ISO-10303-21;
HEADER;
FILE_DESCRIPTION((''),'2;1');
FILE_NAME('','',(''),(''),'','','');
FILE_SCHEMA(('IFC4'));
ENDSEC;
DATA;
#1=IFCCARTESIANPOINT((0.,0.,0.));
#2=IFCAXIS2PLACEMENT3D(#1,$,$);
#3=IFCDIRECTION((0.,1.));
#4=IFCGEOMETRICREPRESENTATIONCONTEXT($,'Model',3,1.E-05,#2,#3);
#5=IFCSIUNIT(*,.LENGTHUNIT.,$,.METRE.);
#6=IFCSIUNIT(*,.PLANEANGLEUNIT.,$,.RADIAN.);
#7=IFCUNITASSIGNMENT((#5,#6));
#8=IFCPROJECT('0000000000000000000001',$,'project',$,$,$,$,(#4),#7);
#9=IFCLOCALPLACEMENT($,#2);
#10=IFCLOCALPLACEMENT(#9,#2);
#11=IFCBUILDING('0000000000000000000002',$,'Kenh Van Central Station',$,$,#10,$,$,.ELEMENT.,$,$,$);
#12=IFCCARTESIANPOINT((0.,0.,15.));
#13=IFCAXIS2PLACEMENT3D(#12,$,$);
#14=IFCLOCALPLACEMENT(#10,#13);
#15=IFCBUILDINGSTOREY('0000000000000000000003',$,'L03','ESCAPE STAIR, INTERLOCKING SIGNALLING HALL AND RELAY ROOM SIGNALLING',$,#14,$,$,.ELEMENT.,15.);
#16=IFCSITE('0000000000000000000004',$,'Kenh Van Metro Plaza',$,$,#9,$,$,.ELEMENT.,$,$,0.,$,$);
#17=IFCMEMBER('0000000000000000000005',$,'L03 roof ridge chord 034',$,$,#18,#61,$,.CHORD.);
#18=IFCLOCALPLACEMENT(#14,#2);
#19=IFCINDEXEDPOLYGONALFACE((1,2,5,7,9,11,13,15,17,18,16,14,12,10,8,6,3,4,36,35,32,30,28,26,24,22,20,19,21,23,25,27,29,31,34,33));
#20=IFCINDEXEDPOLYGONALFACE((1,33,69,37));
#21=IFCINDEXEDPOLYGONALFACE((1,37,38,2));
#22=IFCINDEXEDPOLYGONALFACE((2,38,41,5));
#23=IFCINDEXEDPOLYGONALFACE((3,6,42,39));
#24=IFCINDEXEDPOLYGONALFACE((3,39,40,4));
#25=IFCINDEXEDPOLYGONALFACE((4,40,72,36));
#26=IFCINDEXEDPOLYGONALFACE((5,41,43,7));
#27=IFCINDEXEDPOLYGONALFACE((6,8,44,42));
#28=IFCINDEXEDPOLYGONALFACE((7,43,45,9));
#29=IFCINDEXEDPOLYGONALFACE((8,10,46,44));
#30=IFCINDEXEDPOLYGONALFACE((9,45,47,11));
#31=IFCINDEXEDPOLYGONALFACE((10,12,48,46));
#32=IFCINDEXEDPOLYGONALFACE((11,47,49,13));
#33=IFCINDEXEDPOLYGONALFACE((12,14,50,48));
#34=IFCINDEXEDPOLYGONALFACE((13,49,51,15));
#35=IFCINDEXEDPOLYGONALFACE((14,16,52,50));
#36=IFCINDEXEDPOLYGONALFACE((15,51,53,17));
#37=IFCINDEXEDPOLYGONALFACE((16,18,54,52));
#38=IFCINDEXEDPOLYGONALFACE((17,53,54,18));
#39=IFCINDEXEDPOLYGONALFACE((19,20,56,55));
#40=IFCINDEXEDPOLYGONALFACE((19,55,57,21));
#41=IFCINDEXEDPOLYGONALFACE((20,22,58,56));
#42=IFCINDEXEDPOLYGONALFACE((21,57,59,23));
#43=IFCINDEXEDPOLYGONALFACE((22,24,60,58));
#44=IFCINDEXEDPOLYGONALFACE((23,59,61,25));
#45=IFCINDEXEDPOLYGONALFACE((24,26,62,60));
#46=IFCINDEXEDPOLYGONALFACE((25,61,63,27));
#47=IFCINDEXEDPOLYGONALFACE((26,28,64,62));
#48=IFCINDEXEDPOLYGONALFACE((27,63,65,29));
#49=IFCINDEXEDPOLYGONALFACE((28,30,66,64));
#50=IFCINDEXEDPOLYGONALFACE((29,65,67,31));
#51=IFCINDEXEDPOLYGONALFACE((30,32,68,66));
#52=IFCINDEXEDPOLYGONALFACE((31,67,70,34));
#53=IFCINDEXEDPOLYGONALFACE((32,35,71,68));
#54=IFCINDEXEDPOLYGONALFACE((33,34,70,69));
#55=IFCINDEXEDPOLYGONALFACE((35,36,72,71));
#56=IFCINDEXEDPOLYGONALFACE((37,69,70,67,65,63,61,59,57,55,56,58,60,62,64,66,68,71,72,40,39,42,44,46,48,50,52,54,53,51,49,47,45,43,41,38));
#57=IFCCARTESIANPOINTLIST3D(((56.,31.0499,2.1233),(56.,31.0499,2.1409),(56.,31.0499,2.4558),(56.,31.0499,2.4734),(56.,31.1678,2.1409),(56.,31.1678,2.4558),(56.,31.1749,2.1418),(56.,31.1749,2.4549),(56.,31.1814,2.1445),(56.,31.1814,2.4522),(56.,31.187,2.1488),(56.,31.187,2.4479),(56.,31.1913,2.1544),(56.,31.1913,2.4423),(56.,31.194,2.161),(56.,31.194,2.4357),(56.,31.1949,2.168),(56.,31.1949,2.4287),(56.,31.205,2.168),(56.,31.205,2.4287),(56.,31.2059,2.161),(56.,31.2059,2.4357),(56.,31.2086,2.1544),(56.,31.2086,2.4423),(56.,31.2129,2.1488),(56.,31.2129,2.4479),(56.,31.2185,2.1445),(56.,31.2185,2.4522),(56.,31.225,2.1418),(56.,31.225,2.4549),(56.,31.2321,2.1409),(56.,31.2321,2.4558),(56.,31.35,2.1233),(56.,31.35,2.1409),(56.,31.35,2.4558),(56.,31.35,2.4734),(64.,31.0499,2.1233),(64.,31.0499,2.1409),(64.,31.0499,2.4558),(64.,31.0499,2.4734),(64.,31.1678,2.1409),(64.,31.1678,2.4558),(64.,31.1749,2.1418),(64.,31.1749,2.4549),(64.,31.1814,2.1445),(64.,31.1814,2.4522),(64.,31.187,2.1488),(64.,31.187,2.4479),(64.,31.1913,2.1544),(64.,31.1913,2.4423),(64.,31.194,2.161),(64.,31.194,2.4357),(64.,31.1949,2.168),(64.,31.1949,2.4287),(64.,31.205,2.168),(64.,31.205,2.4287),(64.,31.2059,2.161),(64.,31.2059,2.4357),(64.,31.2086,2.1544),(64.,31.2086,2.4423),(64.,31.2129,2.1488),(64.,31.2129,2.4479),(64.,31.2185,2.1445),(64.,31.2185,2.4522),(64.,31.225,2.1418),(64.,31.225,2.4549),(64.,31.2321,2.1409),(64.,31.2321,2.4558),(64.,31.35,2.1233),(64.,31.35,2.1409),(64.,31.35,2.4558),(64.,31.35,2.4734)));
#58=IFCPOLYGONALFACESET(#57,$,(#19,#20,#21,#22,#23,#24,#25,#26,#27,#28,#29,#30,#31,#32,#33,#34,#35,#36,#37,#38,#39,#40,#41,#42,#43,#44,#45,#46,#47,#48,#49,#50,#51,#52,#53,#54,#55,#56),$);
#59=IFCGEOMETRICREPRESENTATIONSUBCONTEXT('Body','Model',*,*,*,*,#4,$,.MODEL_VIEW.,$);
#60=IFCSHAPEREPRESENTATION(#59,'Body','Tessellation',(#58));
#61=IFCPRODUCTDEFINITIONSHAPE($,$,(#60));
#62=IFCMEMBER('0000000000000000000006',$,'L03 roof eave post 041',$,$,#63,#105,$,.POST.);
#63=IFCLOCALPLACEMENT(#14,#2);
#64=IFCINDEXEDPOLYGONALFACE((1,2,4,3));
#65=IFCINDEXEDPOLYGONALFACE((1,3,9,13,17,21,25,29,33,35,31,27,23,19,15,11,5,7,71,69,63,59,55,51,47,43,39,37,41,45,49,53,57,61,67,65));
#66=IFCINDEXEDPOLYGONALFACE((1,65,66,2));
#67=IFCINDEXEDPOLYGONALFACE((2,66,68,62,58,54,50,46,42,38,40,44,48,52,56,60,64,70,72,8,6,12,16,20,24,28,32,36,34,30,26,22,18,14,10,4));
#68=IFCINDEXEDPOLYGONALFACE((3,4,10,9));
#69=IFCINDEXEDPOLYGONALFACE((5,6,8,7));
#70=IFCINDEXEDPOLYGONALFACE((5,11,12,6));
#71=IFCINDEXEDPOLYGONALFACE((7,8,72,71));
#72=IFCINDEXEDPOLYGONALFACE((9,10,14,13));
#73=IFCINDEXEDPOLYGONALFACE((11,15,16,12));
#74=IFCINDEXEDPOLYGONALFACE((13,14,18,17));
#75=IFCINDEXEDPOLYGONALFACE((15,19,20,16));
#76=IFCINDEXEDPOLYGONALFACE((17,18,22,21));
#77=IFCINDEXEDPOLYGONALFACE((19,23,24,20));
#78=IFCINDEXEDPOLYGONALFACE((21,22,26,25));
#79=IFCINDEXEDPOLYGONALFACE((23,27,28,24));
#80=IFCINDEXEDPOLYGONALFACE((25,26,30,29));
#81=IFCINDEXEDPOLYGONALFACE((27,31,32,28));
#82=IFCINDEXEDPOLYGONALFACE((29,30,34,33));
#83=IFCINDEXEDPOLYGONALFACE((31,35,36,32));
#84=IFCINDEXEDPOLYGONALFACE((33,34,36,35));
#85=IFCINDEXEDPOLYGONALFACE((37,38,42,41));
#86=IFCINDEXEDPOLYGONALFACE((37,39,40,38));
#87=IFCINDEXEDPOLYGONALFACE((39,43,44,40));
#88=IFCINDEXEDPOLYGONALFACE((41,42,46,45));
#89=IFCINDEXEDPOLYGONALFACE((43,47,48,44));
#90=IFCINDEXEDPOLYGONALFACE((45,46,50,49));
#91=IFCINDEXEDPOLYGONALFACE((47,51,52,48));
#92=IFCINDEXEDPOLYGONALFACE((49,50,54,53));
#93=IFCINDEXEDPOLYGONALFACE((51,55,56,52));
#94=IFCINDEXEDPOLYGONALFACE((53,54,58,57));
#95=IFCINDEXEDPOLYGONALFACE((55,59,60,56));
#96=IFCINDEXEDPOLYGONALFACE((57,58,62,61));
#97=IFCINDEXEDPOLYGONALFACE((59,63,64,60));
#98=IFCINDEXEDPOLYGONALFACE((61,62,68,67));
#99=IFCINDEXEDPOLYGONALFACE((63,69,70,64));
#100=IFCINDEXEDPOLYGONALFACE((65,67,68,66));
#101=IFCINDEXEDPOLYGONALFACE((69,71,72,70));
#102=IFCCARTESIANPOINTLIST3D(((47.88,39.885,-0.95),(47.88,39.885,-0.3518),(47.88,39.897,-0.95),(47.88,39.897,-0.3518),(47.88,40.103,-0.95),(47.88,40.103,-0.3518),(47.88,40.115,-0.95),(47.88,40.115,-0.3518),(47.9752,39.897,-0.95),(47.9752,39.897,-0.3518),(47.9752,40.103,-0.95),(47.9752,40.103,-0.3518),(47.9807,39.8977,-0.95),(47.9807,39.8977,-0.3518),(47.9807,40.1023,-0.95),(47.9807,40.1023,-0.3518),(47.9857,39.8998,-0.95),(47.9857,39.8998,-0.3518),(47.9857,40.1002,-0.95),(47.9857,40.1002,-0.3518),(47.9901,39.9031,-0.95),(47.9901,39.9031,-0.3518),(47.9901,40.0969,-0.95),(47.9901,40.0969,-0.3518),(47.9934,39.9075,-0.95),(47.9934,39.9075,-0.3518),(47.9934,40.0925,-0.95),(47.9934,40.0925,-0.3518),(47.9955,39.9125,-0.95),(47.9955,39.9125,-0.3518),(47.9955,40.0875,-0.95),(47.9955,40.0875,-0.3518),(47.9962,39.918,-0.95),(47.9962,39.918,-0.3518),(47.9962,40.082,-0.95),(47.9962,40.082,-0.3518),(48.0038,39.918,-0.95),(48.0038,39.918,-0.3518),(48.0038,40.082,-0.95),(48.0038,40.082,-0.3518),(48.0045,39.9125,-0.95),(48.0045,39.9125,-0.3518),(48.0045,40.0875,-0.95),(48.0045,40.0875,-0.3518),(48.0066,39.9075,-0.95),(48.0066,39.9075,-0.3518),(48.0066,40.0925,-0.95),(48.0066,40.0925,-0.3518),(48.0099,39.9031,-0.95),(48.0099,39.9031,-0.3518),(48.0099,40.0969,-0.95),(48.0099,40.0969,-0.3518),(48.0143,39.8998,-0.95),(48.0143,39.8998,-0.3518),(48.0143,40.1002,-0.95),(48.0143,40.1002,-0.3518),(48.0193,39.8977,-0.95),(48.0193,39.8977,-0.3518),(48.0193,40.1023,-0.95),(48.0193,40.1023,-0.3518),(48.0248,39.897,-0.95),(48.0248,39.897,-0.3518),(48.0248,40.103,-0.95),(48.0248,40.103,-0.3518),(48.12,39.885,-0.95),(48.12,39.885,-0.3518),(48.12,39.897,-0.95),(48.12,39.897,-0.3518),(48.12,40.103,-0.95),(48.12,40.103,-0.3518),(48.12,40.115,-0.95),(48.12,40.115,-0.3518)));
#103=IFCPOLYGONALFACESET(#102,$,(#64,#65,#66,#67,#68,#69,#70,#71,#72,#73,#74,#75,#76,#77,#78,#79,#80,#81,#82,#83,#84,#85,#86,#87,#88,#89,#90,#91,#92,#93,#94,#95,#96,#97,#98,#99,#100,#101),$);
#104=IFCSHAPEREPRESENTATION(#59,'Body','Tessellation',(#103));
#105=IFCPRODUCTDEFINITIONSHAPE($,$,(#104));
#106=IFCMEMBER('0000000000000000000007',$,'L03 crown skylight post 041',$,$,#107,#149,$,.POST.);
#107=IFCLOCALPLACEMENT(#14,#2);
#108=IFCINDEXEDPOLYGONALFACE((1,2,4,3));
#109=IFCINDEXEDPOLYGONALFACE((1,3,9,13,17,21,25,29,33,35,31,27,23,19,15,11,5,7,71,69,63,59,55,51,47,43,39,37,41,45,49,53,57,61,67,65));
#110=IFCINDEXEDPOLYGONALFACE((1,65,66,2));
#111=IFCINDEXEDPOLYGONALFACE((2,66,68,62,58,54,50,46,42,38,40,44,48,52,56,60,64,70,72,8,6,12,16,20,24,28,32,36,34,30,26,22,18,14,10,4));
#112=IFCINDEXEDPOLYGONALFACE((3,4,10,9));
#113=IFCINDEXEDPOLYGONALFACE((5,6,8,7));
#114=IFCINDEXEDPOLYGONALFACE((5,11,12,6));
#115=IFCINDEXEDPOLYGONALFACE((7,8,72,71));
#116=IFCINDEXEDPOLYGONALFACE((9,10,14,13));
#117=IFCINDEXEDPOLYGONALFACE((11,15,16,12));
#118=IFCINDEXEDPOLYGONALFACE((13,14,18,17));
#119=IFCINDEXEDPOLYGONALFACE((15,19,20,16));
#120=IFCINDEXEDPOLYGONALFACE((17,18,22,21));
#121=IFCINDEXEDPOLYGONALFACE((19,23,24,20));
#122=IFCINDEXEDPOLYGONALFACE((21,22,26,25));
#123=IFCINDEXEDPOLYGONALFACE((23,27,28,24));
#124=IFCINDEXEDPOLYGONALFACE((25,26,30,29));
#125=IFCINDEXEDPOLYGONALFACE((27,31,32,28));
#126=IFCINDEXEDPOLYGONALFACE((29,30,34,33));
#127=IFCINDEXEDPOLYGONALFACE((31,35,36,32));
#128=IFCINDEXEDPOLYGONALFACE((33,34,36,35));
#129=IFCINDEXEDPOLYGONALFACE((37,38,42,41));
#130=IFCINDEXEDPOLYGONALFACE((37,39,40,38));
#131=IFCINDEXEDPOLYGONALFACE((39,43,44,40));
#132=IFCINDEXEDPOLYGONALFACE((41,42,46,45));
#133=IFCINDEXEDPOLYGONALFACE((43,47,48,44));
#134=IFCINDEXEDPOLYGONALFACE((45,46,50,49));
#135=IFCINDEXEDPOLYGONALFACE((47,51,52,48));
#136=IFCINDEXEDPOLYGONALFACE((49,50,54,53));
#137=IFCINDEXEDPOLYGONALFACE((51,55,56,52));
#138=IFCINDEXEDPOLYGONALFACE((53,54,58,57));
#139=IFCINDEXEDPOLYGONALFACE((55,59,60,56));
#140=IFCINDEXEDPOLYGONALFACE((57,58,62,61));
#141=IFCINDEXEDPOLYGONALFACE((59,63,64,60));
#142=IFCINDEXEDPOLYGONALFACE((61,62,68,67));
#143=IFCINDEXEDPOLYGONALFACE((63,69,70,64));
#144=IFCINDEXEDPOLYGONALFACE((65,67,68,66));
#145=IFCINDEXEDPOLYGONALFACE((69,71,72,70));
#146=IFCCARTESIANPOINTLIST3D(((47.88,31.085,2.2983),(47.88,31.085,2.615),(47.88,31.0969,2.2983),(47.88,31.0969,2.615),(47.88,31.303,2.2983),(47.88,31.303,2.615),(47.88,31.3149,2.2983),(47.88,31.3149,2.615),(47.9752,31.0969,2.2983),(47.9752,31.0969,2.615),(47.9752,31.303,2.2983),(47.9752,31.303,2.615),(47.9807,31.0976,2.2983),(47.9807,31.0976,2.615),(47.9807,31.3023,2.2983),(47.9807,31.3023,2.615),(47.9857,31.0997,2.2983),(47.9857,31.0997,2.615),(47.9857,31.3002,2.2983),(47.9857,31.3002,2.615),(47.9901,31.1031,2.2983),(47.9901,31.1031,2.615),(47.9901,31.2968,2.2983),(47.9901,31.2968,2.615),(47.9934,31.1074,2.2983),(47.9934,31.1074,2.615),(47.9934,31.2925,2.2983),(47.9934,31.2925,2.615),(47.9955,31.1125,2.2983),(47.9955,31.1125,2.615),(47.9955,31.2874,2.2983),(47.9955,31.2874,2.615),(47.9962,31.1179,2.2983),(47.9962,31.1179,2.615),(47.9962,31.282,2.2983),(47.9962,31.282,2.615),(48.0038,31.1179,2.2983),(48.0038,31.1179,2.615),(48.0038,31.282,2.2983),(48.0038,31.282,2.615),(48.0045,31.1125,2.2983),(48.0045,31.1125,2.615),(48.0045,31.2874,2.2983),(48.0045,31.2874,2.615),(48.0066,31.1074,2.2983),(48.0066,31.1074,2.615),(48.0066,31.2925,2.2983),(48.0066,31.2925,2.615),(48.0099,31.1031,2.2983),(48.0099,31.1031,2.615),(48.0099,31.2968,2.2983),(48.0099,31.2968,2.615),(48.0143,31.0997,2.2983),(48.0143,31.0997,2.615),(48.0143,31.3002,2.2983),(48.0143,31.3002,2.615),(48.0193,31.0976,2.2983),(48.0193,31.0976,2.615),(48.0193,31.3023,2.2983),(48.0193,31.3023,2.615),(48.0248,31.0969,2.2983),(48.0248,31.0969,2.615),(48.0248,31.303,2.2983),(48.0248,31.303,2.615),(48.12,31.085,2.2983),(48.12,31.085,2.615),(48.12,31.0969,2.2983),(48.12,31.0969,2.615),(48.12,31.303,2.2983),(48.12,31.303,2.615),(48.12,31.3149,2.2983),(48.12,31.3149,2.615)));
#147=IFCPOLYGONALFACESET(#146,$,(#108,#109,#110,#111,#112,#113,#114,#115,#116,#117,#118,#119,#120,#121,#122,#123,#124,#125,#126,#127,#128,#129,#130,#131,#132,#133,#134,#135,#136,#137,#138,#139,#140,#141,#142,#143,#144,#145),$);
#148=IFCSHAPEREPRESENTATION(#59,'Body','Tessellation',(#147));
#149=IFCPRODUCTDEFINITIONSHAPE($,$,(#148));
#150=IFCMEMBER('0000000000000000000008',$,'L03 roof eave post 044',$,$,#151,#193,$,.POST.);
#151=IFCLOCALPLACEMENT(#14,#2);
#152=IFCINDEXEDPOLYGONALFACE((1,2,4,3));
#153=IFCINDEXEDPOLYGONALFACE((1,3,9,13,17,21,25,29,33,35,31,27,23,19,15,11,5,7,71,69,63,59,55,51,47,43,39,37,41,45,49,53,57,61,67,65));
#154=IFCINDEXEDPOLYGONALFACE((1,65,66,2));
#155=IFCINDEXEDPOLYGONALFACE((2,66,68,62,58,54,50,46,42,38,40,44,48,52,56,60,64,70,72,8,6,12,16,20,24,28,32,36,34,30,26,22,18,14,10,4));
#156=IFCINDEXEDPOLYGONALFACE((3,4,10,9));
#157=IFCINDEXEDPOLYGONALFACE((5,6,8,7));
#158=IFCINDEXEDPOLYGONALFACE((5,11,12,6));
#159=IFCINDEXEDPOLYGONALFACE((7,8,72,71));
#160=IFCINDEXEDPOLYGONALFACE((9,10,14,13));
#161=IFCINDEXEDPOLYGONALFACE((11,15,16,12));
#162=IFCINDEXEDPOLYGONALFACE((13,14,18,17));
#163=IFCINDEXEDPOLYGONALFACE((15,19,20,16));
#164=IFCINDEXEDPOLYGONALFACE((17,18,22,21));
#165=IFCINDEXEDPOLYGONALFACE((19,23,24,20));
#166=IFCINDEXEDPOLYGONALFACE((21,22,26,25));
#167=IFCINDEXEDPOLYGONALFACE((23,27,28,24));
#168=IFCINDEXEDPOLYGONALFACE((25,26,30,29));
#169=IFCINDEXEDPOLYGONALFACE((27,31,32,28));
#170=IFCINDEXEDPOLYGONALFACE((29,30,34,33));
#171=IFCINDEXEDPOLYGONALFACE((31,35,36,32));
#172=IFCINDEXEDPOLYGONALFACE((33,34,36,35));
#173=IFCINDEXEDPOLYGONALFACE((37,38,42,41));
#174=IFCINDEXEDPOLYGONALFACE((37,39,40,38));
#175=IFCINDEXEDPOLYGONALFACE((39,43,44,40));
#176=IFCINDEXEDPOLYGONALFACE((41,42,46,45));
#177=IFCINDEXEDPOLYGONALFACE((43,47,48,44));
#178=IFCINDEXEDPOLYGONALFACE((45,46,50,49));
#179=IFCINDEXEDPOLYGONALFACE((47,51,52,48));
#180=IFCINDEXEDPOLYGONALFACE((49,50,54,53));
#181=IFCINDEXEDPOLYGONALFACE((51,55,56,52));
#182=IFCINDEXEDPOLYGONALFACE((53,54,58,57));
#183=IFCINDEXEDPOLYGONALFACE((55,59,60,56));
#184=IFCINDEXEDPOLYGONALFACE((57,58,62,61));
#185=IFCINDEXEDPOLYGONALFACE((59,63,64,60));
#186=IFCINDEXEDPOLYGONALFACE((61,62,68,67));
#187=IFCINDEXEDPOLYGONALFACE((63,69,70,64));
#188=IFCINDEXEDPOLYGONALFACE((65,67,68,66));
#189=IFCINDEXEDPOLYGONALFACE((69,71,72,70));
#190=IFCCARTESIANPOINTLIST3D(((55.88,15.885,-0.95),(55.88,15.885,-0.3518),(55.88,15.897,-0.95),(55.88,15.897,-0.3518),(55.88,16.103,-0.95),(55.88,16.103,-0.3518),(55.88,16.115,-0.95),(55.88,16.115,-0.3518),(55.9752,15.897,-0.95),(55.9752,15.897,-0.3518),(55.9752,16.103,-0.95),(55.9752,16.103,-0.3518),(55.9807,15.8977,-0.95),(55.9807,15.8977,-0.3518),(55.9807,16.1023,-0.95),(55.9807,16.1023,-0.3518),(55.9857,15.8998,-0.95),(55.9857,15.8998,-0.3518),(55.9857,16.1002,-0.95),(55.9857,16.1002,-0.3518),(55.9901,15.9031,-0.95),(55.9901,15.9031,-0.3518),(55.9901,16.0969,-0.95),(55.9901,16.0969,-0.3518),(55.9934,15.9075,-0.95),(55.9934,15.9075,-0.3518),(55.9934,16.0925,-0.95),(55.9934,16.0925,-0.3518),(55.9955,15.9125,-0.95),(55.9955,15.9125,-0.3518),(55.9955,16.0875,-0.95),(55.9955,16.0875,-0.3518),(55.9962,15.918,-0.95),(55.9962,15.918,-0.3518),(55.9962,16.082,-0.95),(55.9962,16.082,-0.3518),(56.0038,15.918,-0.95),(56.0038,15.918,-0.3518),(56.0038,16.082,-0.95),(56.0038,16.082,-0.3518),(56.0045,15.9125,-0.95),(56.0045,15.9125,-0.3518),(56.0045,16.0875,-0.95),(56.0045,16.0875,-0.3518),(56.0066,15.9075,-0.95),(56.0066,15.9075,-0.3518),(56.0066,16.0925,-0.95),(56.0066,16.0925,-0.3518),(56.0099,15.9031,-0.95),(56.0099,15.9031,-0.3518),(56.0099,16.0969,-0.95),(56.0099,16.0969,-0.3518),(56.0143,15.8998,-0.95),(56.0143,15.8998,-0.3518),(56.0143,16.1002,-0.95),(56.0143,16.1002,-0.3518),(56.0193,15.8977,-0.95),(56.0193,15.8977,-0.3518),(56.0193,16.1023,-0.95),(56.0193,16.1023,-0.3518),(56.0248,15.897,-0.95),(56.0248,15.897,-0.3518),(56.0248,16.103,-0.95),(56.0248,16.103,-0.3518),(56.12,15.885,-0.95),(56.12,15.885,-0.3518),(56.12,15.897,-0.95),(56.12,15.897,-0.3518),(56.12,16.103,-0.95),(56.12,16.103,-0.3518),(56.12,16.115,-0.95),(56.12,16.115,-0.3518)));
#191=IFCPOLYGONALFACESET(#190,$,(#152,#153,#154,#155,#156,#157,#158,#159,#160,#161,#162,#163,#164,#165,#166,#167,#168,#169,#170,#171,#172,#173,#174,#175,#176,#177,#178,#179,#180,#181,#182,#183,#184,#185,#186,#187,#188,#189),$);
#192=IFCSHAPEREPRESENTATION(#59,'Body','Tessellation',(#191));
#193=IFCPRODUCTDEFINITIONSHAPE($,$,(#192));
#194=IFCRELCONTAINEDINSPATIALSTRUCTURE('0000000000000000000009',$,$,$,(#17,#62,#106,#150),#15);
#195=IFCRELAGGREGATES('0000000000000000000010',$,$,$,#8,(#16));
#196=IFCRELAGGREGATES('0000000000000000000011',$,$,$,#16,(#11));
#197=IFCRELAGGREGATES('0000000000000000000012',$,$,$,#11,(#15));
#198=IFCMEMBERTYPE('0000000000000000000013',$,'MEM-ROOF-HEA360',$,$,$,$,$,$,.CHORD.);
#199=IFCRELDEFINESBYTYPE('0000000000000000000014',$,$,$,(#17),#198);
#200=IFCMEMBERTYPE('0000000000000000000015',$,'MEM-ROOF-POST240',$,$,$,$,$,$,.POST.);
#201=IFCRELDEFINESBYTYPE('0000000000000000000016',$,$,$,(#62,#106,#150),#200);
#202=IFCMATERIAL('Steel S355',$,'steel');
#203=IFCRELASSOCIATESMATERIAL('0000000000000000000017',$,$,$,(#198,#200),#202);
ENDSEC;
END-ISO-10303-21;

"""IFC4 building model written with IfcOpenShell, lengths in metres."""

from ifc_helpers import new_model, si_unit, direction, frame, origin, origin_2d, place, context, subcontext, project, spatial, i_section, extrude, material, material_profile, profile_set, type_object, element, save


model = new_model("IFC4")

# Units and contexts
model_context = context("Model", 3, precision=1e-05, world=origin(), true_north=direction((0.0, 1.0)))
body_context = subcontext(model_context, "Body", "Model", "MODEL_VIEW")
ifc_project = project(units=[si_unit("LENGTHUNIT", "METRE"), si_unit("PLANEANGLEUNIT", "RADIAN")], contexts=[model_context])

# Site, building, storey
site_placement = place(None, origin())
site = spatial("IfcSite", under=ifc_project, at=site_placement, Name="Kenh Van Metro Plaza", CompositionType="ELEMENT", RefElevation=0.0)
building_placement = place(site_placement, origin())
building = spatial("IfcBuilding", under=site, at=building_placement, Name="Kenh Van Central Station", CompositionType="ELEMENT")
storey_placement = place(building_placement, frame((0.0, 0.0, 15.0)))
storey = spatial("IfcBuildingStorey", under=building, at=storey_placement, Name="L03", Description="ESCAPE STAIR, INTERLOCKING SIGNALLING HALL AND RELAY ROOM SIGNALLING", CompositionType="ELEMENT", Elevation=15.0)

# Shared definitions
ifc_material_1 = material(Name="Steel S355", Category="steel")

# Members
ifc_material_profile_1 = material_profile(ifc_material_1, i_section(OverallWidth=0.3, OverallDepth=0.3501, WebThickness=0.01, FlangeThickness=0.0176, FilletRadius=0.0271, at=origin_2d()), Name="HEA 360")
ifc_profile_set_1 = profile_set([ifc_material_profile_1], Name="Steel S355")
member_type_1 = type_object("IfcMemberType", Name="MEM-ROOF-HEA360", PredefinedType="CHORD", material=ifc_profile_set_1)
for number, where, z_axis, x_axis, name in (
    (1, (56.0, 31.2, 2.2983), (1.0, 0.0, 0.0), (0.0, 1.0, 0.0), "L03 roof ridge chord 034"),
):
    element("IfcMember", number, at=place(storey_placement, frame(where, z_axis=z_axis, x_axis=x_axis)), inside=storey, type_object=member_type_1, Name=name, PredefinedType="CHORD", context=body_context, shape_type="SweptSolid", body=[
        extrude(i_section(OverallWidth=0.3, OverallDepth=0.3501, WebThickness=0.01, FlangeThickness=0.0176, FilletRadius=0.0271, at=origin_2d()), origin(), (0.0, 0.0, 1.0), 8.0),
    ])
ifc_material_profile_2 = material_profile(ifc_material_1, i_section(OverallWidth=0.24, OverallDepth=0.23, WebThickness=0.0076, FlangeThickness=0.012, FilletRadius=0.021, at=origin_2d()), Name="HEA 240")
ifc_profile_set_2 = profile_set([ifc_material_profile_2], Name="Steel S355")
member_type_2 = type_object("IfcMemberType", Name="MEM-ROOF-POST240", PredefinedType="POST", material=ifc_profile_set_2)
member_1_placement = place(storey_placement, frame((48.0, 40.0, -0.95), z_axis=(0.0, 0.0, 1.0), x_axis=(1.0, 0.0, 0.0)))
element("IfcMember", 2, at=member_1_placement, inside=storey, type_object=member_type_2, Name="L03 roof eave post 041", PredefinedType="POST", context=body_context, shape_type="SweptSolid", body=[
    extrude(i_section(OverallWidth=0.24, OverallDepth=0.23, WebThickness=0.0076, FlangeThickness=0.012, FilletRadius=0.021, at=origin_2d()), origin(), (0.0, 0.0, 1.0), 0.5981),
])
member_2_placement = place(storey_placement, frame((48.0, 31.2, 2.2983), z_axis=(0.0, 0.0, 1.0), x_axis=(1.0, 0.0, 0.0)))
element("IfcMember", 3, at=member_2_placement, inside=storey, type_object=member_type_2, Name="L03 crown skylight post 041", PredefinedType="POST", context=body_context, shape_type="SweptSolid", body=[
    extrude(i_section(OverallWidth=0.24, OverallDepth=0.23, WebThickness=0.0076, FlangeThickness=0.012, FilletRadius=0.021, at=origin_2d()), origin(), (0.0, 0.0, 1.0), 0.3167),
])
for number, where, z_axis, x_axis, name in (
    (4, (56.0, 16.0, -0.95), (0.0, 0.0, 1.0), (1.0, 0.0, 0.0), "L03 roof eave post 044"),
):
    element("IfcMember", number, at=place(storey_placement, frame(where, z_axis=z_axis, x_axis=x_axis)), inside=storey, type_object=member_type_2, Name=name, PredefinedType="POST", context=body_context, shape_type="SweptSolid", body=[
        extrude(i_section(OverallWidth=0.24, OverallDepth=0.23, WebThickness=0.0076, FlangeThickness=0.012, FilletRadius=0.021, at=origin_2d()), origin(), (0.0, 0.0, 1.0), 0.5981),
    ])

save(model, "model.ifc")
